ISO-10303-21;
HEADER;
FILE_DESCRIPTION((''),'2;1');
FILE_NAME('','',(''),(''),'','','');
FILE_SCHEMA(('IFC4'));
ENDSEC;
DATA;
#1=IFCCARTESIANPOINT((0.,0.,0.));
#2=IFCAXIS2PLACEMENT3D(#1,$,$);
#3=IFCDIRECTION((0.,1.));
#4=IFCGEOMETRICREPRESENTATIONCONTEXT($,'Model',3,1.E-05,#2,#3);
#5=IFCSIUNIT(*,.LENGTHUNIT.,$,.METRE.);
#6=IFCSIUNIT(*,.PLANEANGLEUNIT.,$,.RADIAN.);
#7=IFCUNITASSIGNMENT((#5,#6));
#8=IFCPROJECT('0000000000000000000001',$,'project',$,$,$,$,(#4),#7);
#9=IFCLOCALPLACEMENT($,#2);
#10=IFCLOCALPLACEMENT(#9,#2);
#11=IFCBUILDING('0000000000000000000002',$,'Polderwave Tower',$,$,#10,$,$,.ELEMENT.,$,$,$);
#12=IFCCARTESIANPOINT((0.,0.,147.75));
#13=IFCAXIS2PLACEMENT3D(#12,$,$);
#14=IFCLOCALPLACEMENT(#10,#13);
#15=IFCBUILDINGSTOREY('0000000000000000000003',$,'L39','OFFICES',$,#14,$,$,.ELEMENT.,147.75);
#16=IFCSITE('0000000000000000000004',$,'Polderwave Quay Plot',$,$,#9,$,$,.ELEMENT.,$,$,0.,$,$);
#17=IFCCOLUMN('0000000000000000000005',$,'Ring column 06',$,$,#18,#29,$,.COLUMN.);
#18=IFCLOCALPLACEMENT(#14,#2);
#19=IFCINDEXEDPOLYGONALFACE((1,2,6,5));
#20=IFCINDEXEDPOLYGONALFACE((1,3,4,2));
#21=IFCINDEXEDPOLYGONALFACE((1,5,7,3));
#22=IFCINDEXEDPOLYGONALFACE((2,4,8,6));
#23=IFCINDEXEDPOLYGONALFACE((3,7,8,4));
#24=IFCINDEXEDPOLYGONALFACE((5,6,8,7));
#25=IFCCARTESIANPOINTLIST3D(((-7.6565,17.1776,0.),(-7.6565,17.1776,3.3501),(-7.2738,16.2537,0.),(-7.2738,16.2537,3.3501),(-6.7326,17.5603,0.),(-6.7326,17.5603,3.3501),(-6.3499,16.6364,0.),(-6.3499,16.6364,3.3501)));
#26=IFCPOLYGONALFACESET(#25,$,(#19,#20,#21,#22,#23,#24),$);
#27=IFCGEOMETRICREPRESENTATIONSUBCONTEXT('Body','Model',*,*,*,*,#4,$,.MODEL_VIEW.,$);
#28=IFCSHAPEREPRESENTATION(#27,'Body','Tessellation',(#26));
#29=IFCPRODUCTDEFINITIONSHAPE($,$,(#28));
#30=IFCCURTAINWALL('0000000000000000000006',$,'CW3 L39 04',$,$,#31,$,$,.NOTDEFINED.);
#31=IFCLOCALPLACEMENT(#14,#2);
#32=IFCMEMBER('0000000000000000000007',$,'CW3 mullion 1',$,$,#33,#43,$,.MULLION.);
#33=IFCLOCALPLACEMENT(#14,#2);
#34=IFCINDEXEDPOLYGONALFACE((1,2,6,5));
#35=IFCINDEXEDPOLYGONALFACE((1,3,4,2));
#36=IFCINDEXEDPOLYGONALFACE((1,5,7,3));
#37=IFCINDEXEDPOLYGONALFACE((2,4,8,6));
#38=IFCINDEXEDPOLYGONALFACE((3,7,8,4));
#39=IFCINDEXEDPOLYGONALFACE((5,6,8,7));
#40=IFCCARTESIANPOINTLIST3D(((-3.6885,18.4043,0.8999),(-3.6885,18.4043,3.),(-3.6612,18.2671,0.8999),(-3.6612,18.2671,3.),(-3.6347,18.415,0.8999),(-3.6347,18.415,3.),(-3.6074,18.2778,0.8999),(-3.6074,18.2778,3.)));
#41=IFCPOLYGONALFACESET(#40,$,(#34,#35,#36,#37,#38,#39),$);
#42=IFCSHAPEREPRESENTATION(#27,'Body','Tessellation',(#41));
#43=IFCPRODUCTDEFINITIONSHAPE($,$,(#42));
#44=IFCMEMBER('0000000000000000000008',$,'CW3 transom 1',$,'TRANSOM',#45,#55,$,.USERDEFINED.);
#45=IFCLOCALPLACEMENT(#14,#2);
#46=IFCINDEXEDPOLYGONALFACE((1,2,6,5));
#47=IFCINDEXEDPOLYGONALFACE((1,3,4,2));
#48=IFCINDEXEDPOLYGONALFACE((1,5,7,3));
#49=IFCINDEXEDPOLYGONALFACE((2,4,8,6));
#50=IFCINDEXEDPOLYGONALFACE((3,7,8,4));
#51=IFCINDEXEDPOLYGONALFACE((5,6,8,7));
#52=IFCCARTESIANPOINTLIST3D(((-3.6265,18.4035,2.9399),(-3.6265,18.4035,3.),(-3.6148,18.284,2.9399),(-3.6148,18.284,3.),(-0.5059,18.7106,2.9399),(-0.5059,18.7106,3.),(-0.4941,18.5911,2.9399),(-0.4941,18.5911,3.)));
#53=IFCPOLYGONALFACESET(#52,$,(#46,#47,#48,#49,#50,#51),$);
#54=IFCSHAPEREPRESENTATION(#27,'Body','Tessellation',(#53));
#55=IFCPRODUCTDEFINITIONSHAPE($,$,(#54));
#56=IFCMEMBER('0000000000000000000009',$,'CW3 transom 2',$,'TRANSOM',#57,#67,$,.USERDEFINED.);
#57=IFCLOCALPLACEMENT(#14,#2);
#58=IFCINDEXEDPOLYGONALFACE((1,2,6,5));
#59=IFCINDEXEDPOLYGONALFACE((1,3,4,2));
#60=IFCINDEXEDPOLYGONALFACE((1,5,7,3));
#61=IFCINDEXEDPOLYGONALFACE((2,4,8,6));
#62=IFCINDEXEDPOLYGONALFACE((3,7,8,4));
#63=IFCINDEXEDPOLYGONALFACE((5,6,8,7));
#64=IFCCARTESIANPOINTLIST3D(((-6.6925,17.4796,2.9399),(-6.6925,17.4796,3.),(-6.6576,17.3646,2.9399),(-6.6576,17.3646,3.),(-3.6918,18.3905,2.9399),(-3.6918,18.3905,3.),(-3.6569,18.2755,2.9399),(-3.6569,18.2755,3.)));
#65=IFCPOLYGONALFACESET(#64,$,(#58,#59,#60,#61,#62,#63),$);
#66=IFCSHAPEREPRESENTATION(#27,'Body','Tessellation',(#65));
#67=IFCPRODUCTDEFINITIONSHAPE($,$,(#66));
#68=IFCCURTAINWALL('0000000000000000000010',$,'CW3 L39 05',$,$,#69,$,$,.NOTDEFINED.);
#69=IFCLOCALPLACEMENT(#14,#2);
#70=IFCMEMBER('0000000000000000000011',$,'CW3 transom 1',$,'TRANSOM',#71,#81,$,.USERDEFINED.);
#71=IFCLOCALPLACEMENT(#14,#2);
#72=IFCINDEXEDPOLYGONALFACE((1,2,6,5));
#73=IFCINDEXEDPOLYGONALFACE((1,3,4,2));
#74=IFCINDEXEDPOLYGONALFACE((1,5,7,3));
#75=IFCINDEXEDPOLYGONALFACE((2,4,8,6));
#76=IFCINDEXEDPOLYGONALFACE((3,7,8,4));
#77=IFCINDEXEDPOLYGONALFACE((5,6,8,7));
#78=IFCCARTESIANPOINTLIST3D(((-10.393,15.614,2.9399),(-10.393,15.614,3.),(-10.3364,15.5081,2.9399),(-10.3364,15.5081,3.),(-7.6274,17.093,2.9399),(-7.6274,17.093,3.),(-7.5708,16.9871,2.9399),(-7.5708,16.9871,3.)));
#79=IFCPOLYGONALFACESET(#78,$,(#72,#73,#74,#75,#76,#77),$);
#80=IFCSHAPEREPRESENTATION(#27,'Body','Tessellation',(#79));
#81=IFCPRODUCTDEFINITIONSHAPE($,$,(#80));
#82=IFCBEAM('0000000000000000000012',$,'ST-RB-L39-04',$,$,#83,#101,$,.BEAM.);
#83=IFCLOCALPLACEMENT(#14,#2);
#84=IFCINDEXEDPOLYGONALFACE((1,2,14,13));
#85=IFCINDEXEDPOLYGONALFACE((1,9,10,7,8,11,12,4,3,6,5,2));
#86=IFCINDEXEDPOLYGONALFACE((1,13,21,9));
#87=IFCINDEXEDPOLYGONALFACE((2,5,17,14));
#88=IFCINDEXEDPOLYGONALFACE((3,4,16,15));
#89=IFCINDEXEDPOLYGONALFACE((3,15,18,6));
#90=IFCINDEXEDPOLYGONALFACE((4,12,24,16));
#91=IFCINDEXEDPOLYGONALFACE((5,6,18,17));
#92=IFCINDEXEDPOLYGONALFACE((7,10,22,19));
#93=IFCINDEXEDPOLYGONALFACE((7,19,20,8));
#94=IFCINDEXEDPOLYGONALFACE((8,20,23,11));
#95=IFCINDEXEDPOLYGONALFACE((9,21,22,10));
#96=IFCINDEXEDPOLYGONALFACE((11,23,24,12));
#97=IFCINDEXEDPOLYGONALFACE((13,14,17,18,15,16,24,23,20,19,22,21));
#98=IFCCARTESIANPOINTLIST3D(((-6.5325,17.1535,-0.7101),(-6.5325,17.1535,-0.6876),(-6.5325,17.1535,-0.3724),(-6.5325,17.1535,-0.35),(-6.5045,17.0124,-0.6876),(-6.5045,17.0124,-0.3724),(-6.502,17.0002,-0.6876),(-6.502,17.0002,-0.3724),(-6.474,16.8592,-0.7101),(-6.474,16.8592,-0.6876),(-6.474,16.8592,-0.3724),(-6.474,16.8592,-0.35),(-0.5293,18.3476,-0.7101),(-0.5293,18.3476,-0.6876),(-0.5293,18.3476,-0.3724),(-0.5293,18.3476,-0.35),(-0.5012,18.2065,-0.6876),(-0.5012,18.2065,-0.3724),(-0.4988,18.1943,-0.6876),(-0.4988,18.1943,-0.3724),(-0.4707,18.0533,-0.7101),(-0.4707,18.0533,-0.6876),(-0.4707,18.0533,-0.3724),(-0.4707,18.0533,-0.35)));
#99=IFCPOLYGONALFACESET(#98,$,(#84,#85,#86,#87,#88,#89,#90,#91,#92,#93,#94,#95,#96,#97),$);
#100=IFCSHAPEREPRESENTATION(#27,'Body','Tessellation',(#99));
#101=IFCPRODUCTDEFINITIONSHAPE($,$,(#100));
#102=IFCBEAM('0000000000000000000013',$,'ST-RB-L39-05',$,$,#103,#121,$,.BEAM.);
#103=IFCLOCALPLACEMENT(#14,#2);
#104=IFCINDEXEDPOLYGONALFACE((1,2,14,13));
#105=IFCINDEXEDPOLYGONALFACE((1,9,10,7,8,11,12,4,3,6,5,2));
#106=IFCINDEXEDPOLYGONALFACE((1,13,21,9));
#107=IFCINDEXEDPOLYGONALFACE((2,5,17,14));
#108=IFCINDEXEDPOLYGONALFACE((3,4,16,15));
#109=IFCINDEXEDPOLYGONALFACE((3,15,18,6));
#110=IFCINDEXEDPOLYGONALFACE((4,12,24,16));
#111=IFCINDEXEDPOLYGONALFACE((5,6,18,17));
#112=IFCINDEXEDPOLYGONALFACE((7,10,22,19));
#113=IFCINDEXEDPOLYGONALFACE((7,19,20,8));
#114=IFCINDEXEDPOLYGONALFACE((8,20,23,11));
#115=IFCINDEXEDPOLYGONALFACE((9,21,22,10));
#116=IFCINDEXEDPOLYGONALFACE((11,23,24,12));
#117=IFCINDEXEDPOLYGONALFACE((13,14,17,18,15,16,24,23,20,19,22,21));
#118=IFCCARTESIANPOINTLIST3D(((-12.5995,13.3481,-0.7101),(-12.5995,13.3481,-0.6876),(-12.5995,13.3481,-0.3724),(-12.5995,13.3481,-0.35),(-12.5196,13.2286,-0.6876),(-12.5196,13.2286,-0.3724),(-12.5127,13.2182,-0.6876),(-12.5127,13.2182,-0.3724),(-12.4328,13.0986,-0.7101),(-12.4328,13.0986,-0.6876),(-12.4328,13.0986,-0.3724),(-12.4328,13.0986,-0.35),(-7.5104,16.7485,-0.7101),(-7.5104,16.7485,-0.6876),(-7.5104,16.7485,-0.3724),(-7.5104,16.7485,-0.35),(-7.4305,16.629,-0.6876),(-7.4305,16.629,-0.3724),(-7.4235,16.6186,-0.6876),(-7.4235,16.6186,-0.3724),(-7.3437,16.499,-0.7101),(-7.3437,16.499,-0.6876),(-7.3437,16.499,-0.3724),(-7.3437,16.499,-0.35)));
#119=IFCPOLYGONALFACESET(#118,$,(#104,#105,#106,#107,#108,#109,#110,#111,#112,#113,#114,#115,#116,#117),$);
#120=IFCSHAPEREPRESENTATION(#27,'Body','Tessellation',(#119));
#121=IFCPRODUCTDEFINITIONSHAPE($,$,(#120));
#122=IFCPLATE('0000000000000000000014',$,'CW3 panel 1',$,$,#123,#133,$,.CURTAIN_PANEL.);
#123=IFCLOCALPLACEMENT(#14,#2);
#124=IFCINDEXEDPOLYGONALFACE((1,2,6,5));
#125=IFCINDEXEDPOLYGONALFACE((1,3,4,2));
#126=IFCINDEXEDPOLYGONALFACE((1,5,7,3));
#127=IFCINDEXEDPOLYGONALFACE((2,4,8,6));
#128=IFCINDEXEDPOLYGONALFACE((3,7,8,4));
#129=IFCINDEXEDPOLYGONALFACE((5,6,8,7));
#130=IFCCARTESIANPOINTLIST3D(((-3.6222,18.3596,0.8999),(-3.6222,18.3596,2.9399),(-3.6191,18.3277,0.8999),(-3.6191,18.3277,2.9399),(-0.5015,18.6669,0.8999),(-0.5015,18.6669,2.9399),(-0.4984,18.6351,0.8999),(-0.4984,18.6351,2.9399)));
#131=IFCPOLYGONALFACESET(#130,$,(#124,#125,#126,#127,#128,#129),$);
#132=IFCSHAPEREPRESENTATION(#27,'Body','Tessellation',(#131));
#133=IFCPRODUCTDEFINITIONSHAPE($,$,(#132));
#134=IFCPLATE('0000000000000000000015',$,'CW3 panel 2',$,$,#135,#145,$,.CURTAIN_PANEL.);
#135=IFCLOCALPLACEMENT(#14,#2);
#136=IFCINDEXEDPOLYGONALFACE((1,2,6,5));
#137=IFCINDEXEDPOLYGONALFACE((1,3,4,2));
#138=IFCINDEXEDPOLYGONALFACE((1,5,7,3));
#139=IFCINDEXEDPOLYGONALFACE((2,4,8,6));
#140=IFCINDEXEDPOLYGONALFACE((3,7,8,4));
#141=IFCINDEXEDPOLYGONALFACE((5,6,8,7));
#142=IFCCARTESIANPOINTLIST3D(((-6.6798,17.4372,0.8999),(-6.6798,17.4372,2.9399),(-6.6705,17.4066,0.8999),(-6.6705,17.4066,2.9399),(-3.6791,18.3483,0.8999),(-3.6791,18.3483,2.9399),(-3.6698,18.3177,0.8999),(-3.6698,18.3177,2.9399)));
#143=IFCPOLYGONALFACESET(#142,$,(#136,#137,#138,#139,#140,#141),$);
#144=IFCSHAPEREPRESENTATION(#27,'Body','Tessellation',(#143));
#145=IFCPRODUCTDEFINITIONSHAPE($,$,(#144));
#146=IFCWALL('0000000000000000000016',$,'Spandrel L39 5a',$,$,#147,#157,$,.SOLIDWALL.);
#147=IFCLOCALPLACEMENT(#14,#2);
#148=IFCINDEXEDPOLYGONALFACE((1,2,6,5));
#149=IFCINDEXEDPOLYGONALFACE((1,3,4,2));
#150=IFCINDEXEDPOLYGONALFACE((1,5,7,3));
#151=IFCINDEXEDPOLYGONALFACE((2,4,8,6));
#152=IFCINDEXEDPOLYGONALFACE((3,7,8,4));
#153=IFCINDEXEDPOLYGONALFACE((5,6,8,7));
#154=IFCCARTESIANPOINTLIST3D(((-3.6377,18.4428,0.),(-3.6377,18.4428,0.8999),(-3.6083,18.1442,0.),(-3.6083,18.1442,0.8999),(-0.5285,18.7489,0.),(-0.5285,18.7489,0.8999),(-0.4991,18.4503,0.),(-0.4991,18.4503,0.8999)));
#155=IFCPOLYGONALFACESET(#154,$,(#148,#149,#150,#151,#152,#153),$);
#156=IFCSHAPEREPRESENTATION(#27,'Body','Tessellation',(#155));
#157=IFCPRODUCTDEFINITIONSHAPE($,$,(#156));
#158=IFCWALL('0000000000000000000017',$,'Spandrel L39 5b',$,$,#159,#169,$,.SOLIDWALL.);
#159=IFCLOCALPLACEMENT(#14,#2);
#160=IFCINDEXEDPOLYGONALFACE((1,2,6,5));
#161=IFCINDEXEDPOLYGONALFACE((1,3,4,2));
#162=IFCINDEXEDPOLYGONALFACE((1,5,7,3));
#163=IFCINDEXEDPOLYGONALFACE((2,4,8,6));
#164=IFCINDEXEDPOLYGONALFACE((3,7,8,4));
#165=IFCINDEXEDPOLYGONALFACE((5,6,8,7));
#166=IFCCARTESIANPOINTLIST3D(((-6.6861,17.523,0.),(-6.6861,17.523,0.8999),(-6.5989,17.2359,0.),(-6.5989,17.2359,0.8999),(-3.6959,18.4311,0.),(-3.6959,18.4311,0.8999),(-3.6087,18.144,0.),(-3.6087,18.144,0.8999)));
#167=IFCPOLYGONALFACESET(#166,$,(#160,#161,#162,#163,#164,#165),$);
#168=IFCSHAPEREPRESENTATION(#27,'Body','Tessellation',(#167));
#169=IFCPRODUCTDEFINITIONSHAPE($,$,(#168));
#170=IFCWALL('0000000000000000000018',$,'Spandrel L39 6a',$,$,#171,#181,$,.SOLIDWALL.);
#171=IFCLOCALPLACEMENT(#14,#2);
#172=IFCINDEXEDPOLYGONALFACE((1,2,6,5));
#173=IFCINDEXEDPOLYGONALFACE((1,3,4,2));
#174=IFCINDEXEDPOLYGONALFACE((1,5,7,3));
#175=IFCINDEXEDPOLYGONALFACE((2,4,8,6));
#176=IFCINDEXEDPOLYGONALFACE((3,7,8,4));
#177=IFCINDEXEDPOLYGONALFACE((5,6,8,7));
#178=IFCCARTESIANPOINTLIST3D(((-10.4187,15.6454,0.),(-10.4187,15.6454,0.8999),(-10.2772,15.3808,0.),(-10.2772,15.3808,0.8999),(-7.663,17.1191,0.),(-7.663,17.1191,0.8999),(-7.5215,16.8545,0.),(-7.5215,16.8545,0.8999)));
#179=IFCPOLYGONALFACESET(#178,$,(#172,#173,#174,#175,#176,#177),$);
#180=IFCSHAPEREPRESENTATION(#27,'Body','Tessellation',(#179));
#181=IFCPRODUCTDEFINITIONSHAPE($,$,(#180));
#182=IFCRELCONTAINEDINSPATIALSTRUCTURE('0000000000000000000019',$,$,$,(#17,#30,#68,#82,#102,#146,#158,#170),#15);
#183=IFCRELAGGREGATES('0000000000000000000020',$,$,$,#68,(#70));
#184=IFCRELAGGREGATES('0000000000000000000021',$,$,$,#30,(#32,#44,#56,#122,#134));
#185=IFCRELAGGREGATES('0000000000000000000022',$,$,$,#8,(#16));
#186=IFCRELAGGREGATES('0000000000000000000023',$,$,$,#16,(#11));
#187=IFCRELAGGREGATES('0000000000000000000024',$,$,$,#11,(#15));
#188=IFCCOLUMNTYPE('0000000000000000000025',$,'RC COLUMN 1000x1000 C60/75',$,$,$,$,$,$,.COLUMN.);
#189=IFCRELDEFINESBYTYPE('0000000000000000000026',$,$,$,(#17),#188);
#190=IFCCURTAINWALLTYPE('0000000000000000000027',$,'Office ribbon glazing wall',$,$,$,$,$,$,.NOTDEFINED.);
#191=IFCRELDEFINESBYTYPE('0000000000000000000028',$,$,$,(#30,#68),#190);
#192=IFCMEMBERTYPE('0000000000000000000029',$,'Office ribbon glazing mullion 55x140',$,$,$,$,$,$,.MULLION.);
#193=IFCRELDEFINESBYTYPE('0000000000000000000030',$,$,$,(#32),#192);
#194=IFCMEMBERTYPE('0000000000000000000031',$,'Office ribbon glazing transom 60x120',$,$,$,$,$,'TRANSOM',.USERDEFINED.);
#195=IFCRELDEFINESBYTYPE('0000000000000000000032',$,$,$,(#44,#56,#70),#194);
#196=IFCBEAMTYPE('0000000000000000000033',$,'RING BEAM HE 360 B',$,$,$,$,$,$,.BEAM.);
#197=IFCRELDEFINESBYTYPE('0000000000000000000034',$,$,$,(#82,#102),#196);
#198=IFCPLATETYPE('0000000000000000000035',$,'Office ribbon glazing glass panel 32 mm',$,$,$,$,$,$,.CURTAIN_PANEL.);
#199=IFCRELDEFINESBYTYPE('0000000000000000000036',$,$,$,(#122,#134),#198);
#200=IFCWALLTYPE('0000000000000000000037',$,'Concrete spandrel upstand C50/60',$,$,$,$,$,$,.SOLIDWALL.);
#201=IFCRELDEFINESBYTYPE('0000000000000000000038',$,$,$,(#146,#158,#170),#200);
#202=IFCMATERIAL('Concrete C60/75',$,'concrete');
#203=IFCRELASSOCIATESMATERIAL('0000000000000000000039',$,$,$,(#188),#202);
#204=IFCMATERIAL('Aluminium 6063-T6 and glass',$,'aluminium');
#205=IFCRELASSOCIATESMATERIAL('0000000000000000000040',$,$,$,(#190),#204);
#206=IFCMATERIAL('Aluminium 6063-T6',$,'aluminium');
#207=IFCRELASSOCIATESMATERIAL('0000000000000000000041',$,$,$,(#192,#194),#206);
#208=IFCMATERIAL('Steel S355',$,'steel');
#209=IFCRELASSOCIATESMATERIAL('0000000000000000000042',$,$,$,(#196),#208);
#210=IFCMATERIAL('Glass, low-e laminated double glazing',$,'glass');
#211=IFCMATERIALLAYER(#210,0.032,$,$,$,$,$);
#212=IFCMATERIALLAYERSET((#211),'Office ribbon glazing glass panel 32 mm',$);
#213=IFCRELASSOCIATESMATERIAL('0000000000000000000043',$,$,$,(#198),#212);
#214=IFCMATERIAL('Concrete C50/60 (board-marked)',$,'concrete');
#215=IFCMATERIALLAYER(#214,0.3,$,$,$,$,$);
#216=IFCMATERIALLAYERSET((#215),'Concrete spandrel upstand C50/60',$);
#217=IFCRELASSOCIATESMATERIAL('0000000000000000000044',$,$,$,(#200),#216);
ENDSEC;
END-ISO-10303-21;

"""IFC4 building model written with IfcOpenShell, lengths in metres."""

from ifc_helpers import new_model, si_unit, direction, frame, frame_2d, origin, origin_2d, place, context, subcontext, project, spatial, rectangle, i_section, extrude, material, layer, layer_set, material_profile, profile_set, type_object, element, aggregate, save


model = new_model("IFC4")

# Units and contexts
model_context = context("Model", 3, precision=1e-05, world=origin(), true_north=direction((0.0, 1.0)))
body_context = subcontext(model_context, "Body", "Model", "MODEL_VIEW")
ifc_project = project(units=[si_unit("LENGTHUNIT", "METRE"), si_unit("PLANEANGLEUNIT", "RADIAN")], contexts=[model_context])

# Site, building, storey
site_placement = place(None, origin())
site = spatial("IfcSite", under=ifc_project, at=site_placement, Name="Polderwave Quay Plot", CompositionType="ELEMENT", RefElevation=0.0)
building_placement = place(site_placement, origin())
building = spatial("IfcBuilding", under=site, at=building_placement, Name="Polderwave Tower", CompositionType="ELEMENT")
storey_placement = place(building_placement, frame((0.0, 0.0, 147.75)))
storey = spatial("IfcBuildingStorey", under=building, at=storey_placement, Name="L39", Description="OFFICES", CompositionType="ELEMENT", Elevation=147.75)

# Column
ifc_material_1 = material(Name="Concrete C60/75", Category="concrete")
ifc_material_profile_1 = material_profile(ifc_material_1, rectangle(XDim=1.0, YDim=1.0, at=origin_2d()), Name="RC 1000x1000")
ifc_profile_set_1 = profile_set([ifc_material_profile_1], Name="Concrete C60/75")
column_type = type_object("IfcColumnType", Name="RC COLUMN 1000x1000 C60/75", PredefinedType="COLUMN", material=ifc_profile_set_1)
column_placement = place(storey_placement, frame((-7.0032, 16.907, 0.0), z_axis=(0.0, 0.0, 1.0), x_axis=(-0.382683, 0.92388, 0.0)))
element("IfcColumn", 1, at=column_placement, inside=storey, type_object=column_type, Name="Ring column 06", PredefinedType="COLUMN", context=body_context, shape_type="SweptSolid", body=[
    extrude(rectangle(XDim=1.0, YDim=1.0, at=origin_2d()), origin(), (0.0, 0.0, 1.0), 3.3501),
])

# Curtain wall, members
ifc_material_2 = material(Name="Aluminium 6063-T6 and glass", Category="aluminium")
curtain_wall_type = type_object("IfcCurtainWallType", Name="Office ribbon glazing wall", PredefinedType="NOTDEFINED", material=ifc_material_2)
curtain_wall_1_placement = place(storey_placement, origin())
curtain_wall_1 = element("IfcCurtainWall", 2, at=curtain_wall_1_placement, inside=storey, type_object=curtain_wall_type, Name="CW3 L39 04", PredefinedType="NOTDEFINED")
ifc_material_3 = material(Name="Aluminium 6063-T6", Category="aluminium")
ifc_material_profile_2 = material_profile(ifc_material_3, rectangle(XDim=0.1399, YDim=0.0549, at=origin_2d()), Name="AL 55x140")
ifc_profile_set_2 = profile_set([ifc_material_profile_2], Name="Aluminium 6063-T6")
member_type_1 = type_object("IfcMemberType", Name="Office ribbon glazing mullion 55x140", PredefinedType="MULLION", material=ifc_profile_set_2)
member_1_placement = place(storey_placement, frame((-3.6479, 18.3411, 0.8999), z_axis=(0.0, 0.0, 1.0), x_axis=(0.195196, -0.980764, 0.0)))
member_1 = element("IfcMember", 3, at=member_1_placement, type_object=member_type_1, Name="CW3 mullion 1", PredefinedType="MULLION", context=body_context, shape_type="SweptSolid", body=[
    extrude(rectangle(XDim=0.1399, YDim=0.0549, at=origin_2d()), origin(), (0.0, 0.0, 1.0), 2.1001),
])
ifc_material_profile_3 = material_profile(ifc_material_3, rectangle(XDim=0.1201, YDim=0.0601, at=origin_2d()), Name="AL 60x120")
ifc_profile_set_3 = profile_set([ifc_material_profile_3], Name="Aluminium 6063-T6")
member_type_2 = type_object("IfcMemberType", Name="Office ribbon glazing transom 60x120", ElementType="TRANSOM", PredefinedType="USERDEFINED", material=ifc_profile_set_3)
member_2_placement = place(storey_placement, frame((-0.5, 18.6509, 2.97), z_axis=(-0.995192, -0.097946, 0.0), x_axis=(0.097946, -0.995192, 0.0)))
member_2 = element("IfcMember", 4, at=member_2_placement, type_object=member_type_2, Name="CW3 transom 1", ObjectType="TRANSOM", PredefinedType="USERDEFINED", context=body_context, shape_type="SweptSolid", body=[
    extrude(rectangle(XDim=0.1201, YDim=0.0601, at=origin_2d()), origin(), (0.0, 0.0, 1.0), 3.1357),
])
member_3_placement = place(storey_placement, frame((-3.6743, 18.333, 2.97), z_axis=(-0.956885, -0.290468, 0.0), x_axis=(0.290468, -0.956885, 0.0)))
member_3 = element("IfcMember", 5, at=member_3_placement, type_object=member_type_2, Name="CW3 transom 2", ObjectType="TRANSOM", PredefinedType="USERDEFINED", context=body_context, shape_type="SweptSolid", body=[
    extrude(rectangle(XDim=0.1201, YDim=0.0601, at=origin_2d()), origin(), (0.0, 0.0, 1.0), 3.136),
])

# Curtain wall, member
curtain_wall_2_placement = place(storey_placement, origin())
curtain_wall_2 = element("IfcCurtainWall", 6, at=curtain_wall_2_placement, inside=storey, type_object=curtain_wall_type, Name="CW3 L39 05", PredefinedType="NOTDEFINED")
member_4_placement = place(storey_placement, frame((-7.5991, 17.04, 2.97), z_axis=(-0.881822, -0.471582, 0.0), x_axis=(0.471582, -0.881822, 0.0)))
member_4 = element("IfcMember", 7, at=member_4_placement, type_object=member_type_2, Name="CW3 transom 1", ObjectType="TRANSOM", PredefinedType="USERDEFINED", context=body_context, shape_type="SweptSolid", body=[
    extrude(rectangle(XDim=0.1201, YDim=0.0601, at=origin_2d()), origin(), (0.0, 0.0, 1.0), 3.1362),
])
aggregate(curtain_wall_2, [member_4])

# Beams
ifc_material_4 = material(Name="Steel S355", Category="steel")
ifc_material_profile_4 = material_profile(ifc_material_4, i_section(OverallWidth=0.3, OverallDepth=0.3601, WebThickness=0.0125, FlangeThickness=0.0225, at=origin_2d()), Name="HE 360 B")
ifc_profile_set_4 = profile_set([ifc_material_profile_4], Name="Steel S355")
beam_type = type_object("IfcBeamType", Name="RING BEAM HE 360 B", PredefinedType="BEAM", material=ifc_profile_set_4)
beam_1_placement = place(storey_placement, frame((-0.5, 18.2004, -0.53), z_axis=(-0.980786, -0.195088, 0.0), x_axis=(0.195088, -0.980786, 0.0)))
element("IfcBeam", 8, at=beam_1_placement, inside=storey, type_object=beam_type, Name="ST-RB-L39-04", PredefinedType="BEAM", context=body_context, shape_type="SweptSolid", body=[
    extrude(i_section(OverallWidth=0.3, OverallDepth=0.3601, WebThickness=0.0125, FlangeThickness=0.0225, at=origin_2d()), origin(), (0.0, 0.0, 1.0), 6.1208),
])
beam_2_placement = place(storey_placement, frame((-7.427, 16.6238, -0.53), z_axis=(-0.831473, -0.555565, 0.0), x_axis=(0.555565, -0.831473, 0.0)))
element("IfcBeam", 9, at=beam_2_placement, inside=storey, type_object=beam_type, Name="ST-RB-L39-05", PredefinedType="BEAM", context=body_context, shape_type="SweptSolid", body=[
    extrude(i_section(OverallWidth=0.3, OverallDepth=0.3601, WebThickness=0.0125, FlangeThickness=0.0225, at=origin_2d()), origin(), (0.0, 0.0, 1.0), 6.1206),
])

# Plates
ifc_material_5 = material(Name="Glass, low-e laminated double glazing", Category="glass")
ifc_layer_1 = layer(ifc_material_5, 0.032)
ifc_layer_set_1 = layer_set([ifc_layer_1], Name="Office ribbon glazing glass panel 32 mm")
plate_type = type_object("IfcPlateType", Name="Office ribbon glazing glass panel 32 mm", PredefinedType="CURTAIN_PANEL", material=ifc_layer_set_1)
plate_1_placement = place(storey_placement, frame((-2.0603, 18.4973, 0.8999), z_axis=(0.0, 0.0, 1.0), x_axis=(-0.995186, -0.098002, 0.0)))
plate_1 = element("IfcPlate", 10, at=plate_1_placement, type_object=plate_type, Name="CW3 panel 1", PredefinedType="CURTAIN_PANEL", context=body_context, shape_type="SweptSolid", body=[
    extrude(rectangle(XDim=3.1357, YDim=0.032, at=origin_2d()), origin(), (0.0, 0.0, 1.0), 2.04),
])
plate_2_placement = place(storey_placement, frame((-5.1748, 17.8774, 0.8999), z_axis=(0.0, 0.0, 1.0), x_axis=(-0.956873, -0.290507, 0.0)))
plate_2 = element("IfcPlate", 11, at=plate_2_placement, type_object=plate_type, Name="CW3 panel 2", PredefinedType="CURTAIN_PANEL", context=body_context, shape_type="SweptSolid", body=[
    extrude(rectangle(XDim=3.136, YDim=0.032, at=origin_2d()), origin(), (0.0, 0.0, 1.0), 2.04),
])
aggregate(curtain_wall_1, [member_1, member_2, member_3, plate_1, plate_2])

# Walls
ifc_material_6 = material(Name="Concrete C50/60 (board-marked)", Category="concrete")
ifc_layer_2 = layer(ifc_material_6, 0.3)
ifc_layer_set_2 = layer_set([ifc_layer_2], Name="Concrete spandrel upstand C50/60")
wall_type_1 = type_object("IfcWallType", Name="Concrete spandrel upstand C50/60", PredefinedType="SOLIDWALL", material=ifc_layer_set_2)
wall_1_placement = place(storey_placement, frame((-0.5139, 18.5996, 0.0), z_axis=(0.0, 0.0, 1.0), x_axis=(-0.995187, -0.097995, 0.0)))
element("IfcWall", 12, at=wall_1_placement, inside=storey, type_object=wall_type_1, Name="Spandrel L39 5a", PredefinedType="SOLIDWALL", context=body_context, shape_type="SweptSolid", body=[
    extrude(rectangle(XDim=3.1243, YDim=0.3, at=frame_2d((1.562, 0.0))), origin(), (0.0, 0.0, 1.0), 0.8999),
])
for number, where, z_axis, x_axis, name in (
    (13, (-3.6523, 18.2876, 0.0), (0.0, 0.0, 1.0), (-0.95684, -0.290614, 0.0), "Spandrel L39 5b"),
    (14, (-7.5923, 16.9868, 0.0), (0.0, 0.0, 1.0), (-0.881825, -0.471577, 0.0), "Spandrel L39 6a"),
):
    element("IfcWall", number, at=place(storey_placement, frame(where, z_axis=z_axis, x_axis=x_axis)), inside=storey, type_object=wall_type_1, Name=name, PredefinedType="SOLIDWALL", context=body_context, shape_type="SweptSolid", body=[
        extrude(rectangle(XDim=3.125, YDim=0.3, at=frame_2d((1.5625, 0.0))), origin(), (0.0, 0.0, 1.0), 0.8999),
    ])

save(model, "model.ifc")
